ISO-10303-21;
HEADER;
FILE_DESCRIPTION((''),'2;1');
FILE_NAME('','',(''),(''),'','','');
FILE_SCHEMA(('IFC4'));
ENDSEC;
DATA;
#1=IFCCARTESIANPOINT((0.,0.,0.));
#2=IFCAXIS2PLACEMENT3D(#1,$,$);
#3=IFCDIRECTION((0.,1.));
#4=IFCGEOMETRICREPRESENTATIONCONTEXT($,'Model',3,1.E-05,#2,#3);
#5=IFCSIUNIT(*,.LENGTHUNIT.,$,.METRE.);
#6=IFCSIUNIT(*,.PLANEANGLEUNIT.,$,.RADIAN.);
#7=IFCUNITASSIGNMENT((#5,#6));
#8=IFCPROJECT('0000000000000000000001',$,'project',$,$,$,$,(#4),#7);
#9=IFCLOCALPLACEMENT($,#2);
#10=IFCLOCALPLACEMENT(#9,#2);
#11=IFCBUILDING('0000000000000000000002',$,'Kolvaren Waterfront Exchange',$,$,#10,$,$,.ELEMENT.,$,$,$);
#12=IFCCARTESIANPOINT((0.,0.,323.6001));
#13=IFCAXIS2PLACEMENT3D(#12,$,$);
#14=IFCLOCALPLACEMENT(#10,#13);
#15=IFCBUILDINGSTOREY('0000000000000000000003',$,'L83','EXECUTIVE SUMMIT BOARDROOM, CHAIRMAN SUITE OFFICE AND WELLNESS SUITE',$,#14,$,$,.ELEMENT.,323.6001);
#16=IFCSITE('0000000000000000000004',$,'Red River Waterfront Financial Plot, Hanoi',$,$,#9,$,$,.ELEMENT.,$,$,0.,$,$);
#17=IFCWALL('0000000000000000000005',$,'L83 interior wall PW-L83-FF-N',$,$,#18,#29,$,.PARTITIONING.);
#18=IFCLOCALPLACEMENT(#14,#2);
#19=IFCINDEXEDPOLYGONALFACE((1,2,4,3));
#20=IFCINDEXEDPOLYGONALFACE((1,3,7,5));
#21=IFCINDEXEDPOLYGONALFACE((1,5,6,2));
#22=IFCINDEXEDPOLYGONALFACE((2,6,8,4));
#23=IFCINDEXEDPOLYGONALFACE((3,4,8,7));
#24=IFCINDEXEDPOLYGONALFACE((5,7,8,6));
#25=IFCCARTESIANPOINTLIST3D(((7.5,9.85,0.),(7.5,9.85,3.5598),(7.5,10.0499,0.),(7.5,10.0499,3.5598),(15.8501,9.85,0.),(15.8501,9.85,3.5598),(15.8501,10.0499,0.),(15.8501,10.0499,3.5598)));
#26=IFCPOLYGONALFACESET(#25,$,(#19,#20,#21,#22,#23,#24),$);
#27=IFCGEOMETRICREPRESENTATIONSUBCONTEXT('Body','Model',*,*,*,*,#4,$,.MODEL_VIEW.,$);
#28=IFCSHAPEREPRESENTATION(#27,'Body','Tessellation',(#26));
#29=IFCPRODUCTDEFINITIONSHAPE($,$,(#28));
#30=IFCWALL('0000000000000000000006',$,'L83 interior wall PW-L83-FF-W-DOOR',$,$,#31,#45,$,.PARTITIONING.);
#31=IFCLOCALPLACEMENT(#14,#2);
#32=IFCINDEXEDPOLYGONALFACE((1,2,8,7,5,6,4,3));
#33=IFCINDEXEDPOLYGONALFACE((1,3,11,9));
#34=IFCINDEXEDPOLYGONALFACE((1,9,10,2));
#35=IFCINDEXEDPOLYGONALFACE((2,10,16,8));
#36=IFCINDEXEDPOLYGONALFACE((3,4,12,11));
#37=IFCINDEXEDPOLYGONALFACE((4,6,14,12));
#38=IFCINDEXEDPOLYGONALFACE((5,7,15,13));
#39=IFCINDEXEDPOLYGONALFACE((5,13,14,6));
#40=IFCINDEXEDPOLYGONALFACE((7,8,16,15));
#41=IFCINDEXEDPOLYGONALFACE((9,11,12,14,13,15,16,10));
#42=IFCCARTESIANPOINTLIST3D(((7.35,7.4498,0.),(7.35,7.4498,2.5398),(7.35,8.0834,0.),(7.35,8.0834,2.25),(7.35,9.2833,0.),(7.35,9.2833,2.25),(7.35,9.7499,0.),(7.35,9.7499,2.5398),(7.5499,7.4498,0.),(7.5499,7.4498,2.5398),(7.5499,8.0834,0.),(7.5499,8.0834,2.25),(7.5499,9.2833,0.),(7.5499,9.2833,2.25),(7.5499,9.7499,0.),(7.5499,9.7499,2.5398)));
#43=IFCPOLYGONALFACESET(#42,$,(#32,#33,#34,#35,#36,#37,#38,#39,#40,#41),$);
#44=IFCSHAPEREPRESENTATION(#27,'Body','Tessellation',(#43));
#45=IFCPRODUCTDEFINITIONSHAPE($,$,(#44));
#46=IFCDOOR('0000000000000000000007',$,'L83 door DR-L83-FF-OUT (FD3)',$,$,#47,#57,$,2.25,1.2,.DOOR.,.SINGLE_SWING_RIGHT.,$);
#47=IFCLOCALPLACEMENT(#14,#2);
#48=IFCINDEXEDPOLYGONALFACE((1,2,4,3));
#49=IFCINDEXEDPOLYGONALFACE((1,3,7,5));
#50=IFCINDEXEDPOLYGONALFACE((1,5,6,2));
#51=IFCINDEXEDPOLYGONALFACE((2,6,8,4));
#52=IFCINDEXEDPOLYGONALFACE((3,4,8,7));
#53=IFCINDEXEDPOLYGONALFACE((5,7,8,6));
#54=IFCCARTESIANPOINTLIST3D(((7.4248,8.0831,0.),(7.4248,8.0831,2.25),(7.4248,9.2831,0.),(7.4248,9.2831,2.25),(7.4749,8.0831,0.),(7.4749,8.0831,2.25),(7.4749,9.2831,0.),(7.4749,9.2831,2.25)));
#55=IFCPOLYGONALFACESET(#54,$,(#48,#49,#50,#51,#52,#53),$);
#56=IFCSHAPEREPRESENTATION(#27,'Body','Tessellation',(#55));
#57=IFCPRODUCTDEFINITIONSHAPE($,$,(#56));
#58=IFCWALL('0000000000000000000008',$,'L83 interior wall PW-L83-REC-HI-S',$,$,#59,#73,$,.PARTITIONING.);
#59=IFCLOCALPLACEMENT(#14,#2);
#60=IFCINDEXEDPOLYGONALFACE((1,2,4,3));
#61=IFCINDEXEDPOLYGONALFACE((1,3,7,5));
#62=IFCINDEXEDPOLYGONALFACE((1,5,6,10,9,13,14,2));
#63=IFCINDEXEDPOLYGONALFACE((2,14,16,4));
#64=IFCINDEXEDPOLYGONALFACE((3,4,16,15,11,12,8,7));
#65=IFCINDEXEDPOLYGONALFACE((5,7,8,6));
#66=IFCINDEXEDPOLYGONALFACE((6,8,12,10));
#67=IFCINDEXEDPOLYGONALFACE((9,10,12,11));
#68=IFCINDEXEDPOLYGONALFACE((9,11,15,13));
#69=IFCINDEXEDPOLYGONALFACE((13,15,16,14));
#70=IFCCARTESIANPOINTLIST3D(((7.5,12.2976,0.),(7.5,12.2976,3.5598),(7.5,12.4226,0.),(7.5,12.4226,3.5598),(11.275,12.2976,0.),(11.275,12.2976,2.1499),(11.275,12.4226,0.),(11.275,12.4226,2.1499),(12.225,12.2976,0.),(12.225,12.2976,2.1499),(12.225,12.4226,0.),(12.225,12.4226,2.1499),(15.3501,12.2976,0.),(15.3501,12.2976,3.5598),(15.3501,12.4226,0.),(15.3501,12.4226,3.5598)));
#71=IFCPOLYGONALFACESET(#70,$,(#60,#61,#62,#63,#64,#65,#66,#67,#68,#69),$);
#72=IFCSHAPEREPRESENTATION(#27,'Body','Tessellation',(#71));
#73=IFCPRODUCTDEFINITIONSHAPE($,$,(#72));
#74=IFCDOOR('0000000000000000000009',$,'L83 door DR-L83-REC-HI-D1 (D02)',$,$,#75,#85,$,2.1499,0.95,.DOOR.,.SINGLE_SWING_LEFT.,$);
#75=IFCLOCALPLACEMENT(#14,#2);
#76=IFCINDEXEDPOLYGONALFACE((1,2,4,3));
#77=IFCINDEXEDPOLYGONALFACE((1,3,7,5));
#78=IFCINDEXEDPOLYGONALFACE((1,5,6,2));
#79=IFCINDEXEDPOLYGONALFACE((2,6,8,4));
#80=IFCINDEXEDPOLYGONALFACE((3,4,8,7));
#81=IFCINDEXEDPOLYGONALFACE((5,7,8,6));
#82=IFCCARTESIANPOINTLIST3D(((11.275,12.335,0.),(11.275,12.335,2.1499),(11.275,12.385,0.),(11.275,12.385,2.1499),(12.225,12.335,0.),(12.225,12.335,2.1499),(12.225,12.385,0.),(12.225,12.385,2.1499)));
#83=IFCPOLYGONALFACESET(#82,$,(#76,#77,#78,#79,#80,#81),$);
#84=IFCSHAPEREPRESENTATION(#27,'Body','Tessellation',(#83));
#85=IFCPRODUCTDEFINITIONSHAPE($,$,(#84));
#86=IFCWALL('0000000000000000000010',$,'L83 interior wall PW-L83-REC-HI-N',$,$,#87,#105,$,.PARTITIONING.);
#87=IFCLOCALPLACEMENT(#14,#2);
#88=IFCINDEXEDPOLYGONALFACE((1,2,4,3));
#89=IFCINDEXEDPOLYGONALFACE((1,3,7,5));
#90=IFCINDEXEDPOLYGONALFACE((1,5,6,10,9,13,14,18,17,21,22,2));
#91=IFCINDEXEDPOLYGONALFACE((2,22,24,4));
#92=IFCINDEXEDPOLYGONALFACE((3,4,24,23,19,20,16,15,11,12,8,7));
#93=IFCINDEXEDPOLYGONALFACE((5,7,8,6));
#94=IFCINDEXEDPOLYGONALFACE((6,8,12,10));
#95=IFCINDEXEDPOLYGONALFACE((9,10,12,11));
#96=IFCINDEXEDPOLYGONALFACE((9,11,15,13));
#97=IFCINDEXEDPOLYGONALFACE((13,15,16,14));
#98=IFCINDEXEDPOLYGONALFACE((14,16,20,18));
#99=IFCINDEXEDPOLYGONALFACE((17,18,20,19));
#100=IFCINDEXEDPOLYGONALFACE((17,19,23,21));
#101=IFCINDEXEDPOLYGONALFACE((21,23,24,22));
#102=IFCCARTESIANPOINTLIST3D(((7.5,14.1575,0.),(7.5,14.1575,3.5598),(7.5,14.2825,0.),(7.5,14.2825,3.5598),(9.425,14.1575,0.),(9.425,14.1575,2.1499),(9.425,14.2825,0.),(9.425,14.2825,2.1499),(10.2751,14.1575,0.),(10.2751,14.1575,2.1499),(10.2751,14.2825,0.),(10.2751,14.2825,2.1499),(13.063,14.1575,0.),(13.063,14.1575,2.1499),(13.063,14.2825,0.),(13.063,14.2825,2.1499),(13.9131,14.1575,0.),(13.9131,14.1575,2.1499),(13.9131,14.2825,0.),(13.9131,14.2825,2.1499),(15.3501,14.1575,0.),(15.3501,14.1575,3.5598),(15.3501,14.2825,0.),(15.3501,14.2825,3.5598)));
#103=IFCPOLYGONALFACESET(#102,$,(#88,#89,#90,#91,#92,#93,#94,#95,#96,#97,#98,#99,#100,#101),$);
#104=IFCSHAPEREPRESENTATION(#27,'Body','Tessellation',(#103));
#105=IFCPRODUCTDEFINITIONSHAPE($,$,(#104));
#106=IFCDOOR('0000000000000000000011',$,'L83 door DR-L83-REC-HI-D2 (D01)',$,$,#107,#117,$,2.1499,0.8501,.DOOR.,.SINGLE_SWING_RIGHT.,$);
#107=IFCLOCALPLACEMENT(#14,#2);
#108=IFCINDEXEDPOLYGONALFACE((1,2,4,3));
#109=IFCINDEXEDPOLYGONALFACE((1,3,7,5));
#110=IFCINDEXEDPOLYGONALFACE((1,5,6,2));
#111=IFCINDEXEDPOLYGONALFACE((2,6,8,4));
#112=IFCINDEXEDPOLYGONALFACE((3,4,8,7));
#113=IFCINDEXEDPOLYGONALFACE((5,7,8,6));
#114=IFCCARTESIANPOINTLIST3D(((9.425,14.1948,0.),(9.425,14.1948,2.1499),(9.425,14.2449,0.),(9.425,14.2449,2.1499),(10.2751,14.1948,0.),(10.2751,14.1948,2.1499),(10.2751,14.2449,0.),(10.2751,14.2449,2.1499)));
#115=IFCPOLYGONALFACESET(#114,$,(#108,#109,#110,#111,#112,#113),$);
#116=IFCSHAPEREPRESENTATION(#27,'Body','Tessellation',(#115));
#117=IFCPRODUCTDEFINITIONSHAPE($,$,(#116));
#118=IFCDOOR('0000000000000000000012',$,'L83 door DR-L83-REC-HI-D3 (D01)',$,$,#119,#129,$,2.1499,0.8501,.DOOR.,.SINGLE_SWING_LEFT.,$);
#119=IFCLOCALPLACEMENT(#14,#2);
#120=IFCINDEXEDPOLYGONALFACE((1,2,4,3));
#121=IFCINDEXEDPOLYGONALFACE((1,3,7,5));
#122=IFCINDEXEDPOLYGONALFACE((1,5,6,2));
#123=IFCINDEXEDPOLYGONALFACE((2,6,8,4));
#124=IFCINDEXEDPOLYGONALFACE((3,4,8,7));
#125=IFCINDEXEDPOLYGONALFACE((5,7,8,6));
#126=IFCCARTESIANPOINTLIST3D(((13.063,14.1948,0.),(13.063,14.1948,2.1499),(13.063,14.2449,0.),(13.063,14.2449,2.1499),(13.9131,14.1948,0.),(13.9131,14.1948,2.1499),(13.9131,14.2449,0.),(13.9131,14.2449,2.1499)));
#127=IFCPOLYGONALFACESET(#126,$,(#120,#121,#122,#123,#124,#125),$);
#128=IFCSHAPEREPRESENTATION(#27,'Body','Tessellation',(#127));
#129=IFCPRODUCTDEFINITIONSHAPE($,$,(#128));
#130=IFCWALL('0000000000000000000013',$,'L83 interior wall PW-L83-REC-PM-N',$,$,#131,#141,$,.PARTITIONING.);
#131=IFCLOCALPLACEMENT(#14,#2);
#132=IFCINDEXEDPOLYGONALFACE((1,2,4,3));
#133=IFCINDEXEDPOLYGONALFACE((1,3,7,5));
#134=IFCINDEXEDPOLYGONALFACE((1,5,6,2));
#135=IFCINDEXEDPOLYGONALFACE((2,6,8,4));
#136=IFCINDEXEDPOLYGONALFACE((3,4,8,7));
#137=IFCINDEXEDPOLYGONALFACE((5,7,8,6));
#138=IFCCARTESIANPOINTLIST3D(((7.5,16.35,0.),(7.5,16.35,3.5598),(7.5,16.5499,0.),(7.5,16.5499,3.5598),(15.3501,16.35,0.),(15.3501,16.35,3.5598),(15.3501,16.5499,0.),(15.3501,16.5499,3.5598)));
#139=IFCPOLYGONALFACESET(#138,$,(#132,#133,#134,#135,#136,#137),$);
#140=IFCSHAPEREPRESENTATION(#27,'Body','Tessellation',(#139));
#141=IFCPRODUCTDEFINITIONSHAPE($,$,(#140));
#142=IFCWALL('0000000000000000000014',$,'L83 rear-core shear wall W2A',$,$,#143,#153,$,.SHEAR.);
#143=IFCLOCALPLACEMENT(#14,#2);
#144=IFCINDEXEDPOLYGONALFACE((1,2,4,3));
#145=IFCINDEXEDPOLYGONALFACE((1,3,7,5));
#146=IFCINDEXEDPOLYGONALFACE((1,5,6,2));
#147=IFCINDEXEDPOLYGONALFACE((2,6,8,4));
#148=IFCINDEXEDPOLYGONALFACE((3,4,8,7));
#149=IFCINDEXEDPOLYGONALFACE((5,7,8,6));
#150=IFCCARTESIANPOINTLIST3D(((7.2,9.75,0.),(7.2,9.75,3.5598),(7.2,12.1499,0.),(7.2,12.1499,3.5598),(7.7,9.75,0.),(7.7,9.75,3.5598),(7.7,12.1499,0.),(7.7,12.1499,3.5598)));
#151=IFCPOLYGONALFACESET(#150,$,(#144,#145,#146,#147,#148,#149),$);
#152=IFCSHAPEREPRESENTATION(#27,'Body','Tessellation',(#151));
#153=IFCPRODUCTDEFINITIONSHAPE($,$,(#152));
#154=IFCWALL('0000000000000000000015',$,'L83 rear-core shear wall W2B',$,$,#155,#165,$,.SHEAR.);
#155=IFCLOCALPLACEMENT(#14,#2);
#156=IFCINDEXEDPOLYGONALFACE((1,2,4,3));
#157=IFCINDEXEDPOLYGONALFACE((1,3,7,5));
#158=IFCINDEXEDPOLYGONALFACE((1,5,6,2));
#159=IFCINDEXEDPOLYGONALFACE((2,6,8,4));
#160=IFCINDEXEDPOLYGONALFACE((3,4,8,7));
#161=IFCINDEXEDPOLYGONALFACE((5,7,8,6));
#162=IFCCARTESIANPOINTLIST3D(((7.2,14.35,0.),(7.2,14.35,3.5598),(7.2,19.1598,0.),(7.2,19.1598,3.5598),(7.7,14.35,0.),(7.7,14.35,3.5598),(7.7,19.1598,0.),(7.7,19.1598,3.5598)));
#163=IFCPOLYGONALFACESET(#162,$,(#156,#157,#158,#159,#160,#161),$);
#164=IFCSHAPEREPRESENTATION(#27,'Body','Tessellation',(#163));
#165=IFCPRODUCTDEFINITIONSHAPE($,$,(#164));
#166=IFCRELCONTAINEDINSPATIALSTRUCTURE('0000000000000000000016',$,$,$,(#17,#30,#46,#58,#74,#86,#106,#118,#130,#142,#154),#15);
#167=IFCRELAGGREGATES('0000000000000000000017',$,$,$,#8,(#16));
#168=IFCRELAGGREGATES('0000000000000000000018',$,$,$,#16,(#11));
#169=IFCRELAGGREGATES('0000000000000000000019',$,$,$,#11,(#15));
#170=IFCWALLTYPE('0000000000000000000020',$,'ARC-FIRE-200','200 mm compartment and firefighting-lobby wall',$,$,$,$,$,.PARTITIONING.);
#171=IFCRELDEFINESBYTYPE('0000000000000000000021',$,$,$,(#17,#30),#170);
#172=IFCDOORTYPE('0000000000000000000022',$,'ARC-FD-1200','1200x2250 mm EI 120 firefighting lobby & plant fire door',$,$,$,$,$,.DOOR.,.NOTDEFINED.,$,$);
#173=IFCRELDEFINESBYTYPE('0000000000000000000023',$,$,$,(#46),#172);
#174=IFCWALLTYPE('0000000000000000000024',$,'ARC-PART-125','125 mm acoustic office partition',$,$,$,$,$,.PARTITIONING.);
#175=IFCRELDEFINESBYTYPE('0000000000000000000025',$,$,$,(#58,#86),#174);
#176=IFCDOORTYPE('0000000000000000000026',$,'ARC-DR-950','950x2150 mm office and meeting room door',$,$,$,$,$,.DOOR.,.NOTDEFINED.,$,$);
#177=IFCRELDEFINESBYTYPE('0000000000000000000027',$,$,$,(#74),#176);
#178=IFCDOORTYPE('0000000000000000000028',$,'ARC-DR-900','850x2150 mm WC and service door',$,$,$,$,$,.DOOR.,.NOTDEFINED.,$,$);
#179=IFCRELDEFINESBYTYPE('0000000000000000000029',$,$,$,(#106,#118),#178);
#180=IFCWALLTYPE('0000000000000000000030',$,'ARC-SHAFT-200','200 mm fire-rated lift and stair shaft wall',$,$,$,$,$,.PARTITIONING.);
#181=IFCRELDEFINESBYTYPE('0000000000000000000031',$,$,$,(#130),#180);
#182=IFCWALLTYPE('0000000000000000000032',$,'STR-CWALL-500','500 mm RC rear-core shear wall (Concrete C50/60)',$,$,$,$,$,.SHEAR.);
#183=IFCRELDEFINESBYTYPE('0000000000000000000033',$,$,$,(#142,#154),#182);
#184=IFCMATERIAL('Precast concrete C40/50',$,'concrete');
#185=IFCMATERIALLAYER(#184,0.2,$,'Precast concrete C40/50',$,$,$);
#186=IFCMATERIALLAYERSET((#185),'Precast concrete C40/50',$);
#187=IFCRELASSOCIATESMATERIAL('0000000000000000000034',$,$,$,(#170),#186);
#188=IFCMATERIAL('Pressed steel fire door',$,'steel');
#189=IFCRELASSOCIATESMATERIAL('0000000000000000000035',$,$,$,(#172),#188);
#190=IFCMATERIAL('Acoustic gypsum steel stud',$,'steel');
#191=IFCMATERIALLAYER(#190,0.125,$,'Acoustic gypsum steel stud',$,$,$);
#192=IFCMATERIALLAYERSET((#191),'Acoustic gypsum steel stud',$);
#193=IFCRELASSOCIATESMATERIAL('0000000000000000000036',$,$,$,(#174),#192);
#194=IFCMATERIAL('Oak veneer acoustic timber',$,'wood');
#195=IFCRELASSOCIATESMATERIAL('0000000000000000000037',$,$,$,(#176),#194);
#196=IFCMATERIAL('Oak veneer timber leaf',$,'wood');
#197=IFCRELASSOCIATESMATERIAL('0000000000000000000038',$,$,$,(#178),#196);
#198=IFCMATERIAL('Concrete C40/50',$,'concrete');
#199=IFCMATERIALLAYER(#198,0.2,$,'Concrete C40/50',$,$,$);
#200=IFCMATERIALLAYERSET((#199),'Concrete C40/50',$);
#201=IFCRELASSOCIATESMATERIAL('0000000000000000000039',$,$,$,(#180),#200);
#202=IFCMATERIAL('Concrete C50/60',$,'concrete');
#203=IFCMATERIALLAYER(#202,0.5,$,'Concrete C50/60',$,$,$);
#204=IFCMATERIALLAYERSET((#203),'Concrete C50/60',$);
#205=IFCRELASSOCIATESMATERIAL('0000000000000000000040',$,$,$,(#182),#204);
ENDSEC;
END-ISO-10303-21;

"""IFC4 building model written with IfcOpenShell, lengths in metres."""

from ifc_helpers import new_model, si_unit, direction, frame, frame_2d, origin, place, context, subcontext, project, spatial, rectangle, extrude, material, layer, layer_set, type_object, element, fill, save


model = new_model("IFC4")

# Units and contexts
model_context = context("Model", 3, precision=1e-05, world=origin(), true_north=direction((0.0, 1.0)))
body_context = subcontext(model_context, "Body", "Model", "MODEL_VIEW")
ifc_project = project(units=[si_unit("LENGTHUNIT", "METRE"), si_unit("PLANEANGLEUNIT", "RADIAN")], contexts=[model_context])

# Site, building, storey
site_placement = place(None, origin())
site = spatial("IfcSite", under=ifc_project, at=site_placement, Name="Red River Waterfront Financial Plot, Hanoi", CompositionType="ELEMENT", RefElevation=0.0)
building_placement = place(site_placement, origin())
building = spatial("IfcBuilding", under=site, at=building_placement, Name="Kolvaren Waterfront Exchange", CompositionType="ELEMENT")
storey_placement = place(building_placement, frame((0.0, 0.0, 323.6001)))
storey = spatial("IfcBuildingStorey", under=building, at=storey_placement, Name="L83", Description="EXECUTIVE SUMMIT BOARDROOM, CHAIRMAN SUITE OFFICE AND WELLNESS SUITE", CompositionType="ELEMENT", Elevation=323.6001)

# Wall
ifc_material_1 = material(Name="Precast concrete C40/50", Category="concrete")
ifc_layer_1 = layer(ifc_material_1, 0.2, Name="Precast concrete C40/50")
ifc_layer_set_1 = layer_set([ifc_layer_1], Name="Precast concrete C40/50")
wall_type_1 = type_object("IfcWallType", Name="ARC-FIRE-200", Description="200 mm compartment and firefighting-lobby wall", PredefinedType="PARTITIONING", material=ifc_layer_set_1)
wall_1_placement = place(storey_placement, frame((7.5, 9.95, 0.0), z_axis=(0.0, 0.0, 1.0), x_axis=(1.0, 0.0, 0.0)))
element("IfcWall", 1, at=wall_1_placement, inside=storey, type_object=wall_type_1, Name="L83 interior wall PW-L83-FF-N", PredefinedType="PARTITIONING", context=body_context, shape_type="SweptSolid", body=[
    extrude(rectangle(XDim=8.3501, YDim=0.2, at=frame_2d((4.175, 0.0))), origin(), (0.0, 0.0, 1.0), 3.5598),
])

# Walls, openings, doors
wall_2_placement = place(storey_placement, frame((7.45, 7.45, 0.0), z_axis=(0.0, 0.0, 1.0), x_axis=(0.0, 1.0, 0.0)))
wall_2 = element("IfcWall", 2, at=wall_2_placement, inside=storey, type_object=wall_type_1, Name="L83 interior wall PW-L83-FF-W-DOOR", PredefinedType="PARTITIONING", context=body_context, shape_type="SweptSolid", body=[
    extrude(rectangle(XDim=2.3, YDim=0.2, at=frame_2d((1.1499, 0.0))), origin(), (0.0, 0.0, 1.0), 2.5398),
])
opening_1_placement = place(wall_2_placement, frame((0.6333, 0.0, 0.0)))
opening_1 = element("IfcOpeningElement", 3, at=opening_1_placement, cuts=wall_2, PredefinedType="OPENING", context=body_context, shape_type="SweptSolid", body=[
    extrude(rectangle(XDim=1.2, YDim=2.25, at=frame_2d((0.6001, 1.125))), frame((0.0, 0.1099, 0.0), z_axis=(0.0, -1.0, 0.0), x_axis=(1.0, 0.0, 0.0)), (0.0, 0.0, 1.0), 0.22),
])
ifc_material_2 = material(Name="Pressed steel fire door", Category="steel")
door_type_1 = type_object("IfcDoorType", Name="ARC-FD-1200", Description="1200x2250 mm EI 120 firefighting lobby & plant fire door", OperationType="NOTDEFINED", PredefinedType="DOOR", material=ifc_material_2)
door_1_placement = place(opening_1_placement, frame((1.2, 0.0, 0.0), z_axis=(0.0, 0.0, 1.0), x_axis=(-1.0, 0.0, 0.0)))
door_1 = element("IfcDoor", 4, at=door_1_placement, inside=storey, type_object=door_type_1, Name="L83 door DR-L83-FF-OUT (FD3)", OperationType="SINGLE_SWING_RIGHT", OverallHeight=2.25, OverallWidth=1.2, PredefinedType="DOOR", context=body_context, shape_type="SweptSolid", body=[
    extrude(rectangle(XDim=1.2, YDim=2.25, at=frame_2d((0.6001, 1.125))), frame((0.0, 0.0249, 0.0), z_axis=(0.0, -1.0, 0.0), x_axis=(1.0, 0.0, 0.0)), (0.0, 0.0, 1.0), 0.05),
])
fill(opening_1, door_1)
ifc_material_3 = material(Name="Acoustic gypsum steel stud", Category="steel")
ifc_layer_2 = layer(ifc_material_3, 0.125, Name="Acoustic gypsum steel stud")
ifc_layer_set_2 = layer_set([ifc_layer_2], Name="Acoustic gypsum steel stud")
wall_type_2 = type_object("IfcWallType", Name="ARC-PART-125", Description="125 mm acoustic office partition", PredefinedType="PARTITIONING", material=ifc_layer_set_2)
wall_3_placement = place(storey_placement, frame((7.5, 12.3601, 0.0), z_axis=(0.0, 0.0, 1.0), x_axis=(1.0, 0.0, 0.0)))
wall_3 = element("IfcWall", 5, at=wall_3_placement, inside=storey, type_object=wall_type_2, Name="L83 interior wall PW-L83-REC-HI-S", PredefinedType="PARTITIONING", context=body_context, shape_type="SweptSolid", body=[
    extrude(rectangle(XDim=7.8501, YDim=0.125, at=frame_2d((3.925, 0.0))), origin(), (0.0, 0.0, 1.0), 3.5598),
])
opening_2_placement = place(wall_3_placement, frame((3.7749, 0.0, 0.0)))
opening_2 = element("IfcOpeningElement", 6, at=opening_2_placement, cuts=wall_3, PredefinedType="OPENING", context=body_context, shape_type="SweptSolid", body=[
    extrude(rectangle(XDim=0.95, YDim=2.1499, at=frame_2d((0.4751, 1.075))), frame((0.0, 0.0725, 0.0), z_axis=(0.0, -1.0, 0.0), x_axis=(1.0, 0.0, 0.0)), (0.0, 0.0, 1.0), 0.145),
])
ifc_material_4 = material(Name="Oak veneer acoustic timber", Category="wood")
door_type_2 = type_object("IfcDoorType", Name="ARC-DR-950", Description="950x2150 mm office and meeting room door", OperationType="NOTDEFINED", PredefinedType="DOOR", material=ifc_material_4)
door_2_placement = place(opening_2_placement, origin())
door_2 = element("IfcDoor", 7, at=door_2_placement, inside=storey, type_object=door_type_2, Name="L83 door DR-L83-REC-HI-D1 (D02)", OperationType="SINGLE_SWING_LEFT", OverallHeight=2.1499, OverallWidth=0.95, PredefinedType="DOOR", context=body_context, shape_type="SweptSolid", body=[
    extrude(rectangle(XDim=0.95, YDim=2.1499, at=frame_2d((0.4751, 1.075))), frame((0.0, 0.0249, 0.0), z_axis=(0.0, -1.0, 0.0), x_axis=(1.0, 0.0, 0.0)), (0.0, 0.0, 1.0), 0.05),
])
fill(opening_2, door_2)

# Wall, openings, doors
wall_4_placement = place(storey_placement, frame((7.5, 14.22, 0.0), z_axis=(0.0, 0.0, 1.0), x_axis=(1.0, 0.0, 0.0)))
wall_4 = element("IfcWall", 8, at=wall_4_placement, inside=storey, type_object=wall_type_2, Name="L83 interior wall PW-L83-REC-HI-N", PredefinedType="PARTITIONING", context=body_context, shape_type="SweptSolid", body=[
    extrude(rectangle(XDim=7.8501, YDim=0.125, at=frame_2d((3.925, 0.0))), origin(), (0.0, 0.0, 1.0), 3.5598),
])
opening_3_placement = place(wall_4_placement, frame((1.925, 0.0, 0.0)))
opening_3 = element("IfcOpeningElement", 9, at=opening_3_placement, cuts=wall_4, PredefinedType="OPENING", context=body_context, shape_type="SweptSolid", body=[
    extrude(rectangle(XDim=0.8501, YDim=2.1499, at=frame_2d((0.425, 1.075))), frame((0.0, 0.0725, 0.0), z_axis=(0.0, -1.0, 0.0), x_axis=(1.0, 0.0, 0.0)), (0.0, 0.0, 1.0), 0.145),
])
opening_4_placement = place(wall_4_placement, frame((5.563, 0.0, 0.0)))
opening_4 = element("IfcOpeningElement", 10, at=opening_4_placement, cuts=wall_4, PredefinedType="OPENING", context=body_context, shape_type="SweptSolid", body=[
    extrude(rectangle(XDim=0.8501, YDim=2.1499, at=frame_2d((0.425, 1.075))), frame((0.0, 0.0725, 0.0), z_axis=(0.0, -1.0, 0.0), x_axis=(1.0, 0.0, 0.0)), (0.0, 0.0, 1.0), 0.145),
])
ifc_material_5 = material(Name="Oak veneer timber leaf", Category="wood")
door_type_3 = type_object("IfcDoorType", Name="ARC-DR-900", Description="850x2150 mm WC and service door", OperationType="NOTDEFINED", PredefinedType="DOOR", material=ifc_material_5)
door_3_placement = place(opening_3_placement, origin())
door_3 = element("IfcDoor", 11, at=door_3_placement, inside=storey, type_object=door_type_3, Name="L83 door DR-L83-REC-HI-D2 (D01)", OperationType="SINGLE_SWING_RIGHT", OverallHeight=2.1499, OverallWidth=0.8501, PredefinedType="DOOR", context=body_context, shape_type="SweptSolid", body=[
    extrude(rectangle(XDim=0.8501, YDim=2.1499, at=frame_2d((0.425, 1.075))), frame((0.0, 0.0249, 0.0), z_axis=(0.0, -1.0, 0.0), x_axis=(1.0, 0.0, 0.0)), (0.0, 0.0, 1.0), 0.05),
])
fill(opening_3, door_3)
door_4_placement = place(opening_4_placement, origin())
door_4 = element("IfcDoor", 12, at=door_4_placement, inside=storey, type_object=door_type_3, Name="L83 door DR-L83-REC-HI-D3 (D01)", OperationType="SINGLE_SWING_LEFT", OverallHeight=2.1499, OverallWidth=0.8501, PredefinedType="DOOR", context=body_context, shape_type="SweptSolid", body=[
    extrude(rectangle(XDim=0.8501, YDim=2.1499, at=frame_2d((0.425, 1.075))), frame((0.0, 0.0249, 0.0), z_axis=(0.0, -1.0, 0.0), x_axis=(1.0, 0.0, 0.0)), (0.0, 0.0, 1.0), 0.05),
])
fill(opening_4, door_4)

# Walls
ifc_material_6 = material(Name="Concrete C40/50", Category="concrete")
ifc_layer_3 = layer(ifc_material_6, 0.2, Name="Concrete C40/50")
ifc_layer_set_3 = layer_set([ifc_layer_3], Name="Concrete C40/50")
wall_type_3 = type_object("IfcWallType", Name="ARC-SHAFT-200", Description="200 mm fire-rated lift and stair shaft wall", PredefinedType="PARTITIONING", material=ifc_layer_set_3)
wall_5_placement = place(storey_placement, frame((7.5, 16.45, 0.0), z_axis=(0.0, 0.0, 1.0), x_axis=(1.0, 0.0, 0.0)))
element("IfcWall", 13, at=wall_5_placement, inside=storey, type_object=wall_type_3, Name="L83 interior wall PW-L83-REC-PM-N", PredefinedType="PARTITIONING", context=body_context, shape_type="SweptSolid", body=[
    extrude(rectangle(XDim=7.8501, YDim=0.2, at=frame_2d((3.925, 0.0))), origin(), (0.0, 0.0, 1.0), 3.5598),
])
ifc_material_7 = material(Name="Concrete C50/60", Category="concrete")
ifc_layer_4 = layer(ifc_material_7, 0.5, Name="Concrete C50/60")
ifc_layer_set_4 = layer_set([ifc_layer_4], Name="Concrete C50/60")
wall_type_4 = type_object("IfcWallType", Name="STR-CWALL-500", Description="500 mm RC rear-core shear wall (Concrete C50/60)", PredefinedType="SHEAR", material=ifc_layer_set_4)
wall_6_placement = place(storey_placement, frame((7.45, 9.75, 0.0), z_axis=(0.0, 0.0, 1.0), x_axis=(0.0, 1.0, 0.0)))
element("IfcWall", 14, at=wall_6_placement, inside=storey, type_object=wall_type_4, Name="L83 rear-core shear wall W2A", PredefinedType="SHEAR", context=body_context, shape_type="SweptSolid", body=[
    extrude(rectangle(XDim=2.3999, YDim=0.5, at=frame_2d((1.2, 0.0))), origin(), (0.0, 0.0, 1.0), 3.5598),
])
wall_7_placement = place(storey_placement, frame((7.45, 14.3501, 0.0), z_axis=(0.0, 0.0, 1.0), x_axis=(0.0, 1.0, 0.0)))
element("IfcWall", 15, at=wall_7_placement, inside=storey, type_object=wall_type_4, Name="L83 rear-core shear wall W2B", PredefinedType="SHEAR", context=body_context, shape_type="SweptSolid", body=[
    extrude(rectangle(XDim=4.8098, YDim=0.5, at=frame_2d((2.4048, 0.0))), origin(), (0.0, 0.0, 1.0), 3.5598),
])

save(model, "model.ifc")
